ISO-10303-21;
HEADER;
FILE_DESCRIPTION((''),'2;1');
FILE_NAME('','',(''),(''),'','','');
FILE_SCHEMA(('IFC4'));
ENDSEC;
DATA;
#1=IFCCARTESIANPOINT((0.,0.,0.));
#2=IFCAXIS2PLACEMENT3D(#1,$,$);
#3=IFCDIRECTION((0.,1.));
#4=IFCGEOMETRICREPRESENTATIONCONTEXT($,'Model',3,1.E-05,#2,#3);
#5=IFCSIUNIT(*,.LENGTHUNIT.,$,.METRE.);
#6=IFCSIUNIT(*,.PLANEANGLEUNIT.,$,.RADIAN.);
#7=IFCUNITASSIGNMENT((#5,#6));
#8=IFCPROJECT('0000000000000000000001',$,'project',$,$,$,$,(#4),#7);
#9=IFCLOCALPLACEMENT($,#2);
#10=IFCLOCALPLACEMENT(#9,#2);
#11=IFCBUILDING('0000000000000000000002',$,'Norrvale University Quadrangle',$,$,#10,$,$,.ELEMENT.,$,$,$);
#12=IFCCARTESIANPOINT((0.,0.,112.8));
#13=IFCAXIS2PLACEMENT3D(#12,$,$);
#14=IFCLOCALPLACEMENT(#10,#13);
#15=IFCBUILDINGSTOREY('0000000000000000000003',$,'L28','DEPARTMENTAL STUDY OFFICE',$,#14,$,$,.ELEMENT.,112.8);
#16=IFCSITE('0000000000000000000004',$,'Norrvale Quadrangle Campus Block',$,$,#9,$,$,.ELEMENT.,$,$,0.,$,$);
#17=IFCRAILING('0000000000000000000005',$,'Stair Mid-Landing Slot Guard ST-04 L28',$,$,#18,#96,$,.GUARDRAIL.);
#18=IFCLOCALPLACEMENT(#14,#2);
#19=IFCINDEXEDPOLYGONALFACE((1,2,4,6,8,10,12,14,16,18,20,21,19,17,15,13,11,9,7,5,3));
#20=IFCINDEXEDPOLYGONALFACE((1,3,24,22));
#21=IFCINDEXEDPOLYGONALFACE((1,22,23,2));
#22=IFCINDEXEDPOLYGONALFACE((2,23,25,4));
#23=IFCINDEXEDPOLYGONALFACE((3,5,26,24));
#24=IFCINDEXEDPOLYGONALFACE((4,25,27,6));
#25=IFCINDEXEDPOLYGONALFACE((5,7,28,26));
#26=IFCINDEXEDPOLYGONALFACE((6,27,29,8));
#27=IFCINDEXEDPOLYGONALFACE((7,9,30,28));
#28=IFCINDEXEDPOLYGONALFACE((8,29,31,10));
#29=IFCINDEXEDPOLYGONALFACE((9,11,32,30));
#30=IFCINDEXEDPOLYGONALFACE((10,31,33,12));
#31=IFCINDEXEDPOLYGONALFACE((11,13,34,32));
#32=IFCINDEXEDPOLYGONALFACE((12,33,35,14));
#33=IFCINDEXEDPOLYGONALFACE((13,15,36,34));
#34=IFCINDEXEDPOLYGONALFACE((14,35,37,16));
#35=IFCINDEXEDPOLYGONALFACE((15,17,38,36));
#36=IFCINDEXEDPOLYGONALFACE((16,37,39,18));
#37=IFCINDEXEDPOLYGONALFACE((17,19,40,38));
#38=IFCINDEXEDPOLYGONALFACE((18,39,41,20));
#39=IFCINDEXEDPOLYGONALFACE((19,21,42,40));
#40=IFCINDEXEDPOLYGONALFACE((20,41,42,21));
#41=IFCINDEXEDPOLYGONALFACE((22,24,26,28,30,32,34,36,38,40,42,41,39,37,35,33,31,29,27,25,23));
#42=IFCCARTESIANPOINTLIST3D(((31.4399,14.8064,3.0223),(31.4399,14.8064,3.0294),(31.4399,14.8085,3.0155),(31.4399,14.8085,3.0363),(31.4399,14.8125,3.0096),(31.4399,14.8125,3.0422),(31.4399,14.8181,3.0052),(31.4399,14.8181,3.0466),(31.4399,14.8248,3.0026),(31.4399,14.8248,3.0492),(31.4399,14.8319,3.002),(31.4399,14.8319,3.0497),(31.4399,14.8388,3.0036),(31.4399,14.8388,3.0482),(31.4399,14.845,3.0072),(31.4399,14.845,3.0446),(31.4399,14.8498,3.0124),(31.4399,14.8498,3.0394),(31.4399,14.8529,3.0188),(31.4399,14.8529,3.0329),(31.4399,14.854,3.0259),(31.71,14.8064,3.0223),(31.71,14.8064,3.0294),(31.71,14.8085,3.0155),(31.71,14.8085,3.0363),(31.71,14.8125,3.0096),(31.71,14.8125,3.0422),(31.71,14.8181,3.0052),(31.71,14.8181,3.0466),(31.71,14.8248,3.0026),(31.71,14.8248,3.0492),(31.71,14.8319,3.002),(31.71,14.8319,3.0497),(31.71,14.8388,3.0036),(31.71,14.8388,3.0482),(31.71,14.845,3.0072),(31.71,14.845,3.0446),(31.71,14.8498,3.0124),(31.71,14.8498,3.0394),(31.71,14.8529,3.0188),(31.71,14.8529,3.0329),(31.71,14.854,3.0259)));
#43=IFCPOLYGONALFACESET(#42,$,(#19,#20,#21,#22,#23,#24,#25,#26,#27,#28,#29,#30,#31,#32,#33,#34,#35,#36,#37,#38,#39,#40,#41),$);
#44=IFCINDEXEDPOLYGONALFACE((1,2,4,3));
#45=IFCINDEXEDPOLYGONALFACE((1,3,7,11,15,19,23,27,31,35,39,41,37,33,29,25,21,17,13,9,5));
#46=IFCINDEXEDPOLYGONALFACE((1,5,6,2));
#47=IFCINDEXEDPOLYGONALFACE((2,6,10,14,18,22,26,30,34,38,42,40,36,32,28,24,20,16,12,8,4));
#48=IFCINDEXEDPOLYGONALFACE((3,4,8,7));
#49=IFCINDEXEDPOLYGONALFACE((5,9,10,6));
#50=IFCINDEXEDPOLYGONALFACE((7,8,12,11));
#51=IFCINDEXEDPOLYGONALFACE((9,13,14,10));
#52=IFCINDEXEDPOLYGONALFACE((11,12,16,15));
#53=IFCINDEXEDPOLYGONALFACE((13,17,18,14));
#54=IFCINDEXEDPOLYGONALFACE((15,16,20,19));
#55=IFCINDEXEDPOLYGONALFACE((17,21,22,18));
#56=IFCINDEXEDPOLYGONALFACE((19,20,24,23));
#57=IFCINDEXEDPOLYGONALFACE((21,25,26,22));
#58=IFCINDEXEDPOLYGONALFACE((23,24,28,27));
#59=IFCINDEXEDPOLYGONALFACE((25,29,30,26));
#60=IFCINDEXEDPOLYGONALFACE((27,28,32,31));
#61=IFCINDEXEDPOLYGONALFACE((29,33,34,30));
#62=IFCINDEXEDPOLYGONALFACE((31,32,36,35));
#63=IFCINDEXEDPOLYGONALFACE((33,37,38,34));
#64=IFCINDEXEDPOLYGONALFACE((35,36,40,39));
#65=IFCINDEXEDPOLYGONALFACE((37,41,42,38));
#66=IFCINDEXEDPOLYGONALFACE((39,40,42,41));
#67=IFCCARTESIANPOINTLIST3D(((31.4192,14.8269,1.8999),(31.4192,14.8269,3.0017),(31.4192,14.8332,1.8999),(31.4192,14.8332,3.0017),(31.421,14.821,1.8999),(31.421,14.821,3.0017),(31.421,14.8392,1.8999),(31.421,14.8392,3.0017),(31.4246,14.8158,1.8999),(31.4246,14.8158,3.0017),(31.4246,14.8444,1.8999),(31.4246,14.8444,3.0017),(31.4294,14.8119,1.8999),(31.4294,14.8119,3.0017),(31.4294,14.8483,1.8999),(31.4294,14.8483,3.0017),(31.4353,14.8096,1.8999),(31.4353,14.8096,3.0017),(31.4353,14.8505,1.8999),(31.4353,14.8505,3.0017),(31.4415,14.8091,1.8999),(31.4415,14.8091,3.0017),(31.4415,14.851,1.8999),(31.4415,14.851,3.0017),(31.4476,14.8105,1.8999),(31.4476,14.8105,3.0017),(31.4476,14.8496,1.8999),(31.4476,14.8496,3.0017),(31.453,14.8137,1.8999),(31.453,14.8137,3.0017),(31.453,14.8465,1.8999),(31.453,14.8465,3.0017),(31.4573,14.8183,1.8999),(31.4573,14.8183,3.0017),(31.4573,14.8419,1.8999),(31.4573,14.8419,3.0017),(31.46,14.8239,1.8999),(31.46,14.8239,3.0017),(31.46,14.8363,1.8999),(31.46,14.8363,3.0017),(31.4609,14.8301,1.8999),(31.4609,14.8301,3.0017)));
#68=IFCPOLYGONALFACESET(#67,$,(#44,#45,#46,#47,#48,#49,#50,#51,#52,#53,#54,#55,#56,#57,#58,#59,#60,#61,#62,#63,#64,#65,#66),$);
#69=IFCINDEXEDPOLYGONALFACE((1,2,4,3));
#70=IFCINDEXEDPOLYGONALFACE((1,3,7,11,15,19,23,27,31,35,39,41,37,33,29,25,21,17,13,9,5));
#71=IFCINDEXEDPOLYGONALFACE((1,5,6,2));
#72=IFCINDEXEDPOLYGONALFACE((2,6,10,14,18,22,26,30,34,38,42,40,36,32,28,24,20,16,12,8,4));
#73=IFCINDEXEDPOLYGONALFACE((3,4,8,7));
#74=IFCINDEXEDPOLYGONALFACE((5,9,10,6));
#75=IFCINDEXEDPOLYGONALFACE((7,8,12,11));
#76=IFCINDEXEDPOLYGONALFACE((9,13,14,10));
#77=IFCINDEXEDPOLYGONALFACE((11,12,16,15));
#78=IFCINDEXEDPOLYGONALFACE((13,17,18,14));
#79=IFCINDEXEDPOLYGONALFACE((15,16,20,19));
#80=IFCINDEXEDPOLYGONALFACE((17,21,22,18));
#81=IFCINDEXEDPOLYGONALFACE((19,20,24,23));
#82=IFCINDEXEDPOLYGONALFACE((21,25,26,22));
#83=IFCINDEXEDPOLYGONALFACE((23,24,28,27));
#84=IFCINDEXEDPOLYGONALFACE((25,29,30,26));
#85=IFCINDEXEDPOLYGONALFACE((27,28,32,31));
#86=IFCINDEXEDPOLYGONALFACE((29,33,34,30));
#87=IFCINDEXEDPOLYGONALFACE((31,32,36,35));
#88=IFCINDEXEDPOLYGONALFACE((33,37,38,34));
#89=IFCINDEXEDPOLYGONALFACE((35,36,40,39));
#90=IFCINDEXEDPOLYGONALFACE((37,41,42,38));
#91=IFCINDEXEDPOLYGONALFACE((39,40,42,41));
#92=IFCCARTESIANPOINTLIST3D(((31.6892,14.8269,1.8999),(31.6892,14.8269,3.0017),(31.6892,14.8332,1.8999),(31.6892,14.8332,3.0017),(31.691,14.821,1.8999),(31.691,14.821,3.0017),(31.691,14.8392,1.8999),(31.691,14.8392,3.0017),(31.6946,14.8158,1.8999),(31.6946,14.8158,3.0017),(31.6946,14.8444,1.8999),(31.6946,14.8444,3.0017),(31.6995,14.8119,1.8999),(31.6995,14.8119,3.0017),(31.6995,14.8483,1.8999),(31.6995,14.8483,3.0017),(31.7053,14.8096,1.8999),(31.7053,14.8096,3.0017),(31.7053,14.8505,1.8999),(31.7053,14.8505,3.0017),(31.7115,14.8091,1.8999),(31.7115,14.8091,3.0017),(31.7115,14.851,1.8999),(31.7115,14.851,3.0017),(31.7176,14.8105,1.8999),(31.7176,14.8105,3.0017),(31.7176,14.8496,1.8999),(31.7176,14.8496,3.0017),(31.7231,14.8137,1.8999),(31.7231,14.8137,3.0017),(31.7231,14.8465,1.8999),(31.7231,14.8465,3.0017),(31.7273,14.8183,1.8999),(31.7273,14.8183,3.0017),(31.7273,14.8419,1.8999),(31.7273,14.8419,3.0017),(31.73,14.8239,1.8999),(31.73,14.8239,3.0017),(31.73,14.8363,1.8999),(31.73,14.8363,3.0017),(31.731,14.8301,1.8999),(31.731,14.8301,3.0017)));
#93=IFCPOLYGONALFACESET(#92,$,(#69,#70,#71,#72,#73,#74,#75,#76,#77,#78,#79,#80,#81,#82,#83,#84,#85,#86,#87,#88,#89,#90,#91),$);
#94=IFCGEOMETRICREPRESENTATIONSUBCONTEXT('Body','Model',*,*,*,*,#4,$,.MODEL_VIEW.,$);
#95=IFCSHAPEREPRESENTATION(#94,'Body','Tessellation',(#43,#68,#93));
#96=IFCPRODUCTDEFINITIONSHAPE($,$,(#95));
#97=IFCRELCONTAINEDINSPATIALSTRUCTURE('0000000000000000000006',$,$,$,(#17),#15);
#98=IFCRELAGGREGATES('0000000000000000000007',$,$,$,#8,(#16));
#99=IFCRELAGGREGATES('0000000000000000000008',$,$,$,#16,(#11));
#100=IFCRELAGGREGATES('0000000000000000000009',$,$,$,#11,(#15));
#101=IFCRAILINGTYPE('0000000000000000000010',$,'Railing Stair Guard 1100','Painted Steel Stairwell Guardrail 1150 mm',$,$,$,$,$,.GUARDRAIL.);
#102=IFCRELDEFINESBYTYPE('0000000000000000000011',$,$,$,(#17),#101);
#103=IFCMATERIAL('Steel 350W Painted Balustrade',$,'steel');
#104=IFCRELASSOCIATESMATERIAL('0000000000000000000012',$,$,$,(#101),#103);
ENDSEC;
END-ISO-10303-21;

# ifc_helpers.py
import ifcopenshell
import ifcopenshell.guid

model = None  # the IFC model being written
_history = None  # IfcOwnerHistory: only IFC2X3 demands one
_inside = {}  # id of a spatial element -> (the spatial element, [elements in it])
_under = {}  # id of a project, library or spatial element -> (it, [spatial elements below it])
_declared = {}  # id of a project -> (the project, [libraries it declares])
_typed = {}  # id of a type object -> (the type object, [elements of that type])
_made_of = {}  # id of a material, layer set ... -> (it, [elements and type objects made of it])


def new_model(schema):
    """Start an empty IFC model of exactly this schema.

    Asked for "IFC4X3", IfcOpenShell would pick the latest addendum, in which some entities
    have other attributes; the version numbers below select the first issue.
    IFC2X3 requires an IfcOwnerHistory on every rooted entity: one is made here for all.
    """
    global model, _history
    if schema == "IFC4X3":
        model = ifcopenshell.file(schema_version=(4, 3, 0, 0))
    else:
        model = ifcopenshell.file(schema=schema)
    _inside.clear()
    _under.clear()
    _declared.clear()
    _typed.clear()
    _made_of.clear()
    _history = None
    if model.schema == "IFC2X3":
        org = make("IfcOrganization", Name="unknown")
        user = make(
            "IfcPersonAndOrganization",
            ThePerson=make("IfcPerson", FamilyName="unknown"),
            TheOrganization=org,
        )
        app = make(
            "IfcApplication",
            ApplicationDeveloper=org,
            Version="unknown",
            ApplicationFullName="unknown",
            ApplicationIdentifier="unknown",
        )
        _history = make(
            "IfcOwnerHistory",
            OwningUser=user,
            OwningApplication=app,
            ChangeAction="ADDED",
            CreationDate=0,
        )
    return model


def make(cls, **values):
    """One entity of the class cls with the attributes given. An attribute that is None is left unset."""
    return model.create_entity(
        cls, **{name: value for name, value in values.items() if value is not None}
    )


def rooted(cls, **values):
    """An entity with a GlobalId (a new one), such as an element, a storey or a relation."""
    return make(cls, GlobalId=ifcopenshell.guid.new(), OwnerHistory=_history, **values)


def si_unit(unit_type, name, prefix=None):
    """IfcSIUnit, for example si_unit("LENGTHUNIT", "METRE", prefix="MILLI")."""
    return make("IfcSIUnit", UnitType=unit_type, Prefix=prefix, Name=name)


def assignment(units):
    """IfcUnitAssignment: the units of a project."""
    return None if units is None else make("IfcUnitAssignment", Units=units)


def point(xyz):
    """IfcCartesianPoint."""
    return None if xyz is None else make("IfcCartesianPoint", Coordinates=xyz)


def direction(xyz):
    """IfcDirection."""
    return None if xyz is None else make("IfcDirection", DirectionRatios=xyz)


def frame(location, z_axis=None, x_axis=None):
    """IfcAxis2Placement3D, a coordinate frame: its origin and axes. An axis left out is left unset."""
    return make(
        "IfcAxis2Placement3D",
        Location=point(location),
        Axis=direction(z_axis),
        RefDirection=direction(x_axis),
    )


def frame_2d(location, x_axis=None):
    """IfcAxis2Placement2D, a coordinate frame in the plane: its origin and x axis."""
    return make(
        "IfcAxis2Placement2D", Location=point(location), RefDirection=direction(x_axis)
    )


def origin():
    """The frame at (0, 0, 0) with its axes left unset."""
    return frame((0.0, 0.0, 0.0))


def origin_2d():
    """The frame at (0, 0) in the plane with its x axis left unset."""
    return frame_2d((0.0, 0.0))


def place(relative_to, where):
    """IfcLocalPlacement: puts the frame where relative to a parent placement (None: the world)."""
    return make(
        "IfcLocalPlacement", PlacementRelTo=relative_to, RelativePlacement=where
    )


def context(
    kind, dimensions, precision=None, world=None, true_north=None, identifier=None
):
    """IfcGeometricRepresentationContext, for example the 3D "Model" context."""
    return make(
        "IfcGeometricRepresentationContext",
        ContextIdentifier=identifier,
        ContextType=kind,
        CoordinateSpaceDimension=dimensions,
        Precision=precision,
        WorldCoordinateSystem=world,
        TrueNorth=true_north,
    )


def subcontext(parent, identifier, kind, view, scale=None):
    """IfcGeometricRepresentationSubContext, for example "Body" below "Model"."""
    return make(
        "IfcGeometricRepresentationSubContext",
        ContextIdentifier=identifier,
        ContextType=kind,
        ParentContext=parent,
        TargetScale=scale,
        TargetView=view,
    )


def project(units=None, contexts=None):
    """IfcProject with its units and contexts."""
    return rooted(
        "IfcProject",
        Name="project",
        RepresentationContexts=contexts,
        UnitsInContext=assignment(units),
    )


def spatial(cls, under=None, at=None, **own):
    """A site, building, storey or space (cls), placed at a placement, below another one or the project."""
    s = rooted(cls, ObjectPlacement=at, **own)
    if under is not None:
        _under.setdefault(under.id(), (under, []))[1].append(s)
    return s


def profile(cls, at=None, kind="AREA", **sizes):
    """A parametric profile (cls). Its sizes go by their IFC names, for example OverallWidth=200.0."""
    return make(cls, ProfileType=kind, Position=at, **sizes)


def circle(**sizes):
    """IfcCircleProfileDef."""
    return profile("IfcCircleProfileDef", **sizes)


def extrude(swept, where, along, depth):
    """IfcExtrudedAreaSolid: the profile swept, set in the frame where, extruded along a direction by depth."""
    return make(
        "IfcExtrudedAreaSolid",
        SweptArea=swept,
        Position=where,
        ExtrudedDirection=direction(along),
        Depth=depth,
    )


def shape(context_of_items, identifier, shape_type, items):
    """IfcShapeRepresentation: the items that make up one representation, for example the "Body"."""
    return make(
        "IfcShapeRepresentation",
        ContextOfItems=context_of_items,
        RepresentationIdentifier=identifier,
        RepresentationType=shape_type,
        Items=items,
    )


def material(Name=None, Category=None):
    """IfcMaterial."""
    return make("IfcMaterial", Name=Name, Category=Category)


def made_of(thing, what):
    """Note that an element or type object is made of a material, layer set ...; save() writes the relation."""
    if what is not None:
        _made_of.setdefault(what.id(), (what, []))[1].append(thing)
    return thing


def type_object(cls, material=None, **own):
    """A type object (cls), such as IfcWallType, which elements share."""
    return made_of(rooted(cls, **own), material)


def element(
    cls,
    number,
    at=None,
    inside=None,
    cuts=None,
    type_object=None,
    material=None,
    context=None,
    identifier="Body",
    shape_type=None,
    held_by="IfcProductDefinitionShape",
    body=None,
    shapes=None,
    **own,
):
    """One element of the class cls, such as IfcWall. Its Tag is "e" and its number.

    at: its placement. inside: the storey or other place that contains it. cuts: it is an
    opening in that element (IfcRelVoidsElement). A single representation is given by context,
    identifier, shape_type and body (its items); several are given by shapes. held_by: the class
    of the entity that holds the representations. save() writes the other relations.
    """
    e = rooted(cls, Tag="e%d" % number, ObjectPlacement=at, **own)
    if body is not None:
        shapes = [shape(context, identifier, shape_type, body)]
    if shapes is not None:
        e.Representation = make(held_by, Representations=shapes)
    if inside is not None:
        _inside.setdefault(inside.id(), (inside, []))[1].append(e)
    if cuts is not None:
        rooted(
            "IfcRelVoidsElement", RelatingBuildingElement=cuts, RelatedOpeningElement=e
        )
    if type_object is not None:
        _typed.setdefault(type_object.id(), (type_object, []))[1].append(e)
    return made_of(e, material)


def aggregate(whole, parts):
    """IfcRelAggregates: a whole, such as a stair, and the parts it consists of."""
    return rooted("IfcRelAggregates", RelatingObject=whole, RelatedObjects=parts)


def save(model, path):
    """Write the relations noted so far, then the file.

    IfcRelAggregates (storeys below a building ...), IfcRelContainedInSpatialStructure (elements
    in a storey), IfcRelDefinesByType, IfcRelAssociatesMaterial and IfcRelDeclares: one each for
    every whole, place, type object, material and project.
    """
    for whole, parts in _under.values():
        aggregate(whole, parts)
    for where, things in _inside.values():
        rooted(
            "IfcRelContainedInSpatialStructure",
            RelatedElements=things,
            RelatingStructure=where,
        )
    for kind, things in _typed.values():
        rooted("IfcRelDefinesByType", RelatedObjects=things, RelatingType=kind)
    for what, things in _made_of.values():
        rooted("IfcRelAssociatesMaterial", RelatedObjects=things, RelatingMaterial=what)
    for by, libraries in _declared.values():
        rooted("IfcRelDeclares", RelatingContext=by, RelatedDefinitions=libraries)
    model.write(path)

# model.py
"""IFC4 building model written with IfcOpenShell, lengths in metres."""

from ifc_helpers import new_model, si_unit, direction, frame, origin, origin_2d, place, context, subcontext, project, spatial, circle, extrude, material, type_object, element, save


model = new_model("IFC4")

# Units and contexts
model_context = context("Model", 3, precision=1e-05, world=origin(), true_north=direction((0.0, 1.0)))
body_context = subcontext(model_context, "Body", "Model", "MODEL_VIEW")
ifc_project = project(units=[si_unit("LENGTHUNIT", "METRE"), si_unit("PLANEANGLEUNIT", "RADIAN")], contexts=[model_context])

# Site, building, storey
site_placement = place(None, origin())
site = spatial("IfcSite", under=ifc_project, at=site_placement, Name="Norrvale Quadrangle Campus Block", CompositionType="ELEMENT", RefElevation=0.0)
building_placement = place(site_placement, origin())
building = spatial("IfcBuilding", under=site, at=building_placement, Name="Norrvale University Quadrangle", CompositionType="ELEMENT")
storey_placement = place(building_placement, frame((0.0, 0.0, 112.8)))
storey = spatial("IfcBuildingStorey", under=building, at=storey_placement, Name="L28", Description="DEPARTMENTAL STUDY OFFICE", CompositionType="ELEMENT", Elevation=112.8)

# Railing
ifc_material_1 = material(Name="Steel 350W Painted Balustrade", Category="steel")
railing_type_1 = type_object("IfcRailingType", Name="Railing Stair Guard 1100", Description="Painted Steel Stairwell Guardrail 1150 mm", PredefinedType="GUARDRAIL", material=ifc_material_1)
for number, where, name in (
    (1, (31.4399, 14.8301, 1.8999), "Stair Mid-Landing Slot Guard ST-04 L28"),
):
    element("IfcRailing", number, at=place(storey_placement, frame(where)), inside=storey, type_object=railing_type_1, Name=name, PredefinedType="GUARDRAIL", context=body_context, shape_type="SweptSolid", body=[
        extrude(circle(Radius=0.0239, at=origin_2d()), frame((0.0, 0.0, 1.126), z_axis=(1.0, 0.0, 0.0), x_axis=(0.0, 1.0, 0.0)), (0.0, 0.0, 1.0), 0.27),
        extrude(circle(Radius=0.021, at=origin_2d()), origin(), (0.0, 0.0, 1.0), 1.1018),
        extrude(circle(Radius=0.021, at=origin_2d()), frame((0.27, 0.0, 0.0)), (0.0, 0.0, 1.0), 1.1018),
    ])

save(model, "model.ifc")
